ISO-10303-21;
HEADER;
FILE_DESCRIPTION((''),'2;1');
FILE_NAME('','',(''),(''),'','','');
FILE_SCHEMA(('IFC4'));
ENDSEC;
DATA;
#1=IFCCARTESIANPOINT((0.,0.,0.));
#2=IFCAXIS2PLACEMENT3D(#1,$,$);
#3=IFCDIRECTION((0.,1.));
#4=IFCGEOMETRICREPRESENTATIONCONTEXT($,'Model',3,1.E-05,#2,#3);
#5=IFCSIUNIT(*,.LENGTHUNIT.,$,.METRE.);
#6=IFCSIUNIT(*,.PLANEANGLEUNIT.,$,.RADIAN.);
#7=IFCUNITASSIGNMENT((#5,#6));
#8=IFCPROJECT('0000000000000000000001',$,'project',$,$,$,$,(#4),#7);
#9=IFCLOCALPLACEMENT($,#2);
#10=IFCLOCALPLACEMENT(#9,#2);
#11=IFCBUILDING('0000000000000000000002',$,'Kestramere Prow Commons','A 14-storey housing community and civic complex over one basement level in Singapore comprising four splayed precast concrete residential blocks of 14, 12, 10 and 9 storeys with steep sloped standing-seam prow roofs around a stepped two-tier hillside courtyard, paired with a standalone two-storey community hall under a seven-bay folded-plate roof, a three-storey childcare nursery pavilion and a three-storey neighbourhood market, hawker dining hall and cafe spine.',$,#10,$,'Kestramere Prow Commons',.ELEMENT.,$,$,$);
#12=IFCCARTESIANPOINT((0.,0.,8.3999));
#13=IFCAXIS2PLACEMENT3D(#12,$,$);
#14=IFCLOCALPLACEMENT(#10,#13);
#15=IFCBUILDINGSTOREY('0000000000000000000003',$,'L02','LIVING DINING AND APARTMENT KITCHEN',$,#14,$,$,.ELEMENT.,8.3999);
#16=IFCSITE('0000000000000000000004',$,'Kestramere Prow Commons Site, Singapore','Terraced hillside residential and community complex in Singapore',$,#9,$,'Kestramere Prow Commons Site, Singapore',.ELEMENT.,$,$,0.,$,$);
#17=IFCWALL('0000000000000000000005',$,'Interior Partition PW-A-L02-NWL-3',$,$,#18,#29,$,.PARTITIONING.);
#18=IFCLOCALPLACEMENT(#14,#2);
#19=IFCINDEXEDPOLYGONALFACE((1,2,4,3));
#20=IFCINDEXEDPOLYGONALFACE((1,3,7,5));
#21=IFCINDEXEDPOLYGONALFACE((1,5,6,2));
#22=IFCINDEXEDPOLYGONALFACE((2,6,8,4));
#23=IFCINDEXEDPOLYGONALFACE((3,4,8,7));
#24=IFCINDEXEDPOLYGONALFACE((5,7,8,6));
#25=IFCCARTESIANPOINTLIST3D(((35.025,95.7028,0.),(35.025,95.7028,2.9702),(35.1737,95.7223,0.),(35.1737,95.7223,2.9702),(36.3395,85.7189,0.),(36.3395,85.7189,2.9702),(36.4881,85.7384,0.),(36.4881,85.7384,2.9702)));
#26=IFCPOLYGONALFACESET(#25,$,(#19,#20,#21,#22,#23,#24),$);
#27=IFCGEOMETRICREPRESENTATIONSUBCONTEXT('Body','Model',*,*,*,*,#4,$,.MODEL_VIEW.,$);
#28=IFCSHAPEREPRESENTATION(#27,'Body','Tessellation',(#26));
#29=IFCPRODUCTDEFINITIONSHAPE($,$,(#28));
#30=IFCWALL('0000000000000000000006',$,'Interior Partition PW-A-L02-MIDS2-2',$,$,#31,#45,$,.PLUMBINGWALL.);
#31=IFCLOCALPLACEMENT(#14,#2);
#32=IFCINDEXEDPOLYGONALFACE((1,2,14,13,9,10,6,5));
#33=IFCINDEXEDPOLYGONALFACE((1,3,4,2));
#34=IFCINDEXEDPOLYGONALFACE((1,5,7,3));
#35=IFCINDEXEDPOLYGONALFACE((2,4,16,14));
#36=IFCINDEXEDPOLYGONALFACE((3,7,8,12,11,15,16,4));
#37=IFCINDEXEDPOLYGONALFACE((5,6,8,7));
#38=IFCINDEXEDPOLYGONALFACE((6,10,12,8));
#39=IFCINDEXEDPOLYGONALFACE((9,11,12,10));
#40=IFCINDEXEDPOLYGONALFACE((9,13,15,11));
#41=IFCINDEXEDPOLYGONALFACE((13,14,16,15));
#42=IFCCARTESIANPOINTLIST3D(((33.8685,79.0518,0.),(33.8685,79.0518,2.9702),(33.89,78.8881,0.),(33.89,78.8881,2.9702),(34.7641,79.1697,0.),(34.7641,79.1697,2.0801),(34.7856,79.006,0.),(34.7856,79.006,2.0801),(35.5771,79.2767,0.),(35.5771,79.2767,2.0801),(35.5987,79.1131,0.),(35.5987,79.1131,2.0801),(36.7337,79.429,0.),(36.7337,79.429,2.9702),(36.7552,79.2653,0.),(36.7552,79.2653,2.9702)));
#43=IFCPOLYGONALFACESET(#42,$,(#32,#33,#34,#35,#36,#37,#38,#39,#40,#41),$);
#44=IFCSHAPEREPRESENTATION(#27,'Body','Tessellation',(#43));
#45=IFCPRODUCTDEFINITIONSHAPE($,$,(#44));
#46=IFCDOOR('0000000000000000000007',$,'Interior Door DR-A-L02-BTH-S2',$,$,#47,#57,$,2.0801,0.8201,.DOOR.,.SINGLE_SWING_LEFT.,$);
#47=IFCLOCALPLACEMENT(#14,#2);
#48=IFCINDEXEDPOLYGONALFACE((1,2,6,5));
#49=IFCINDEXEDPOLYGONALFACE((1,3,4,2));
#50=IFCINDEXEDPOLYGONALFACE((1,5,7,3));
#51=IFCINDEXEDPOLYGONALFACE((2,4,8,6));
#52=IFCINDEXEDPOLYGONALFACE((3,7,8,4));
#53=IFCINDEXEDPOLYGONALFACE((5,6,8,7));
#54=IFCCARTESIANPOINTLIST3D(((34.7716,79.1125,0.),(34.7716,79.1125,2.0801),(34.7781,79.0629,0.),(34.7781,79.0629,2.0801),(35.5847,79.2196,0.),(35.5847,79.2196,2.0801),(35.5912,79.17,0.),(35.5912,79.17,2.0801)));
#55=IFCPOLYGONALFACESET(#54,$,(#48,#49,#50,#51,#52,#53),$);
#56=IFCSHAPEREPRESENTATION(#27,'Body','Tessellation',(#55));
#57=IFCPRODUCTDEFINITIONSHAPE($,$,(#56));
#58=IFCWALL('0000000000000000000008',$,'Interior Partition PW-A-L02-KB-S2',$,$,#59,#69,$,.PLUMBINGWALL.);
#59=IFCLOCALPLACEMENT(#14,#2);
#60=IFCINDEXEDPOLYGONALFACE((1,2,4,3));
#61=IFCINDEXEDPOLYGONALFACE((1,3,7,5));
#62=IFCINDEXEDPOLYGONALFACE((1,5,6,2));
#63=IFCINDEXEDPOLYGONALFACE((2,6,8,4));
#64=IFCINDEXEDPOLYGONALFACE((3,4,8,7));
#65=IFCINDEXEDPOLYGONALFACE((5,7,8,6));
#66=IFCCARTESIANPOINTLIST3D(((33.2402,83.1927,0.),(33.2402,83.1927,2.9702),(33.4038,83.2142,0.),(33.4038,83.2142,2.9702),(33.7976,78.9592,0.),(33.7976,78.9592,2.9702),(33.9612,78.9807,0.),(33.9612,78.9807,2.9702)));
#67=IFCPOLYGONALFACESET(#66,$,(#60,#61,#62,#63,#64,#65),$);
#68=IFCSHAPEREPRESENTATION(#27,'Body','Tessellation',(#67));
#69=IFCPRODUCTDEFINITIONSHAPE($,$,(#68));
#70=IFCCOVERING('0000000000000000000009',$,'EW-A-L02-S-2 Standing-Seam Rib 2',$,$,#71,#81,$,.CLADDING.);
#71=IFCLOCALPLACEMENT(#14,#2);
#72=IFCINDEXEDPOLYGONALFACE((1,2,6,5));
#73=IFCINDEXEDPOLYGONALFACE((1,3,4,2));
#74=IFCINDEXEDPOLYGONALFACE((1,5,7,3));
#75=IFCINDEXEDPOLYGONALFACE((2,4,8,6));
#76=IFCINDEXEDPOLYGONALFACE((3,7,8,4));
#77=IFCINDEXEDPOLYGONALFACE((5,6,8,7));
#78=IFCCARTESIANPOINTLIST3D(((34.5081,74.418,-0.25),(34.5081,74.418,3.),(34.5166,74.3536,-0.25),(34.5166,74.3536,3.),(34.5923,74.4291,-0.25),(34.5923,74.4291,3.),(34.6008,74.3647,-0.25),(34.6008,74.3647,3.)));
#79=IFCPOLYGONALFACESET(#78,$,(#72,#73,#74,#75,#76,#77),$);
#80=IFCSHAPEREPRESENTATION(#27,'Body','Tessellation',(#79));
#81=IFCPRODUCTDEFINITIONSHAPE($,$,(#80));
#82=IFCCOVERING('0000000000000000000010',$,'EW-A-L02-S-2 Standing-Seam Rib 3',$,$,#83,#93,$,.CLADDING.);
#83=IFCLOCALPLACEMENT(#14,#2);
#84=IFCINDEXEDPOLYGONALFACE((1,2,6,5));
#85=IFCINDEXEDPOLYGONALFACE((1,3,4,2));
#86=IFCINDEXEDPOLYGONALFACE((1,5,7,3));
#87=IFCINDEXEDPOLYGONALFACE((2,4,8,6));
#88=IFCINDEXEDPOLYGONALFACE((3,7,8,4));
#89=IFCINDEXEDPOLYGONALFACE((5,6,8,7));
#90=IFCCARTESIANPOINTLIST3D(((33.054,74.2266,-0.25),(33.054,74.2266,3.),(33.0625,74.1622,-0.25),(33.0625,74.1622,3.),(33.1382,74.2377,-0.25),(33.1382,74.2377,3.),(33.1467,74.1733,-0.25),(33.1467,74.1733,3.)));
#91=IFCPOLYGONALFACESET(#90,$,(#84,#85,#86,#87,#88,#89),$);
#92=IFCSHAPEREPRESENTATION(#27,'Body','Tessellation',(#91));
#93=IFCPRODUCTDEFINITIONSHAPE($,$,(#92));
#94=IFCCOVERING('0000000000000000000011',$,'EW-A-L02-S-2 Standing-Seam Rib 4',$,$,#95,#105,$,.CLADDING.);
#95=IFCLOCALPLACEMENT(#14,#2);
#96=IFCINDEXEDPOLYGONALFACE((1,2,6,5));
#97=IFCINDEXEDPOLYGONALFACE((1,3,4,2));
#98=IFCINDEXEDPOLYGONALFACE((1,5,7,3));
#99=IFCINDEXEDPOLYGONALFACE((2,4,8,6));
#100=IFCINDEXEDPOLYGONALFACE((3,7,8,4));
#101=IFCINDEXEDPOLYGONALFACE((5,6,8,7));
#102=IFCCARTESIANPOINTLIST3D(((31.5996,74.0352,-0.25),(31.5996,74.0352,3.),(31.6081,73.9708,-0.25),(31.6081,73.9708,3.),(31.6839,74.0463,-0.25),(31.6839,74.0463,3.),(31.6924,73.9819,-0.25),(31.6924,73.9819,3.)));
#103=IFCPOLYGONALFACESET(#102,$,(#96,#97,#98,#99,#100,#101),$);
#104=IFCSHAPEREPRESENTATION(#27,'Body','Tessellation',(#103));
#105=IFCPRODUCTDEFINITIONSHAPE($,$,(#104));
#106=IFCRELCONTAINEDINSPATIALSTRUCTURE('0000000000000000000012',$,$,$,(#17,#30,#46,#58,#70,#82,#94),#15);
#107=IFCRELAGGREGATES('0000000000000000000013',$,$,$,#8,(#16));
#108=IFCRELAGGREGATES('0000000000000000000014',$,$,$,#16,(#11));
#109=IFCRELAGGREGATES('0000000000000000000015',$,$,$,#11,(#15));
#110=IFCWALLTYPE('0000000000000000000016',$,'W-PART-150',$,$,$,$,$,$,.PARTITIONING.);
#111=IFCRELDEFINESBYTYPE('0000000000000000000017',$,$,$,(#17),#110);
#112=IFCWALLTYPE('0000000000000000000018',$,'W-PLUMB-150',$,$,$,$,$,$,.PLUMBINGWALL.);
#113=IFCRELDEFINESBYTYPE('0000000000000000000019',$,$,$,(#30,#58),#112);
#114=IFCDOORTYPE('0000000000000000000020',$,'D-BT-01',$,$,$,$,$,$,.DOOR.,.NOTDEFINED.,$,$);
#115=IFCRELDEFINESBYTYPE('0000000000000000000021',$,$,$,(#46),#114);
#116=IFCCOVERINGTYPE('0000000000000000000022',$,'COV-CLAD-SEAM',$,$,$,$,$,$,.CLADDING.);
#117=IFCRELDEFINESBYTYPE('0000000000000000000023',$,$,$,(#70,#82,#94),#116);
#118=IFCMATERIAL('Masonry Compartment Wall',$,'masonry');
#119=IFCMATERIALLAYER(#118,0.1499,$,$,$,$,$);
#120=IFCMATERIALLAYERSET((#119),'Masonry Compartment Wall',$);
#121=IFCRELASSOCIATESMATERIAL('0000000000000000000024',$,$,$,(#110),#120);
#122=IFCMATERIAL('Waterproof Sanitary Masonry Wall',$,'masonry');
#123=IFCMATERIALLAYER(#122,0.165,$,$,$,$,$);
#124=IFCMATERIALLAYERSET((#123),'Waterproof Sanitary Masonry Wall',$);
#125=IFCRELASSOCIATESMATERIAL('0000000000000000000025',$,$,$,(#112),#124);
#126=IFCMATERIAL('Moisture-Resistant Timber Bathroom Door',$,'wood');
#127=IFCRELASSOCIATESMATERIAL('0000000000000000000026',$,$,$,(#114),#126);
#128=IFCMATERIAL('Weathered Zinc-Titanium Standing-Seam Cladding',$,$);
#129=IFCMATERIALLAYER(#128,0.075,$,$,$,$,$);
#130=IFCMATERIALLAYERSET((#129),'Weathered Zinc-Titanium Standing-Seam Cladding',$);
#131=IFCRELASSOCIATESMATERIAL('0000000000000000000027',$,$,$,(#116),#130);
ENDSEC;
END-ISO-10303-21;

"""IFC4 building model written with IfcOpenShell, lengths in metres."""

from ifc_helpers import new_model, si_unit, direction, frame, frame_2d, origin, origin_2d, place, context, subcontext, project, spatial, rectangle, extrude, material, layer, layer_set, type_object, element, fill, save


model = new_model("IFC4")

# Units and contexts
model_context = context("Model", 3, precision=1e-05, world=origin(), true_north=direction((0.0, 1.0)))
body_context = subcontext(model_context, "Body", "Model", "MODEL_VIEW")
ifc_project = project(units=[si_unit("LENGTHUNIT", "METRE"), si_unit("PLANEANGLEUNIT", "RADIAN")], contexts=[model_context])

# Site, building, storey
site_placement = place(None, origin())
site = spatial("IfcSite", under=ifc_project, at=site_placement, Name="Kestramere Prow Commons Site, Singapore", Description="Terraced hillside residential and community complex in Singapore", LongName="Kestramere Prow Commons Site, Singapore", CompositionType="ELEMENT", RefElevation=0.0)
building_placement = place(site_placement, origin())
building = spatial("IfcBuilding", under=site, at=building_placement, Name="Kestramere Prow Commons", Description="A 14-storey housing community and civic complex over one basement level in Singapore comprising four splayed precast concrete residential blocks of 14, 12, 10 and 9 storeys with steep sloped standing-seam prow roofs around a stepped two-tier hillside courtyard, paired with a standalone two-storey community hall under a seven-bay folded-plate roof, a three-storey childcare nursery pavilion and a three-storey neighbourhood market, hawker dining hall and cafe spine.", LongName="Kestramere Prow Commons", CompositionType="ELEMENT")
storey_placement = place(building_placement, frame((0.0, 0.0, 8.3999)))
storey = spatial("IfcBuildingStorey", under=building, at=storey_placement, Name="L02", Description="LIVING DINING AND APARTMENT KITCHEN", CompositionType="ELEMENT", Elevation=8.3999)

# Shared definitions
ifc_material_1 = material(Name="Masonry Compartment Wall", Category="masonry")

# Wall
ifc_layer_1 = layer(ifc_material_1, 0.1499)
ifc_layer_set_1 = layer_set([ifc_layer_1], Name="Masonry Compartment Wall")
wall_type_1 = type_object("IfcWallType", Name="W-PART-150", PredefinedType="PARTITIONING", material=ifc_layer_set_1)
wall_1_placement = place(storey_placement, frame((36.4138, 85.7285, 0.0), z_axis=(0.0, 0.0, 1.0), x_axis=(-0.130531, 0.991444, 0.0)))
element("IfcWall", 1, at=wall_1_placement, inside=storey, type_object=wall_type_1, Name="Interior Partition PW-A-L02-NWL-3", PredefinedType="PARTITIONING", context=body_context, shape_type="SweptSolid", body=[
    extrude(rectangle(XDim=10.0701, YDim=0.1499, at=frame_2d((5.0352, 0.0))), origin(), (0.0, 0.0, 1.0), 2.9702),
])

# Wall, opening, door
ifc_material_2 = material(Name="Waterproof Sanitary Masonry Wall", Category="masonry")
ifc_layer_2 = layer(ifc_material_2, 0.165)
ifc_layer_set_2 = layer_set([ifc_layer_2], Name="Waterproof Sanitary Masonry Wall")
wall_type_2 = type_object("IfcWallType", Name="W-PLUMB-150", PredefinedType="PLUMBINGWALL", material=ifc_layer_set_2)
wall_2_placement = place(storey_placement, frame((33.8794, 78.97, 0.0), z_axis=(0.0, 0.0, 1.0), x_axis=(0.991446, 0.13052, 0.0)))
wall_2 = element("IfcWall", 2, at=wall_2_placement, inside=storey, type_object=wall_type_2, Name="Interior Partition PW-A-L02-MIDS2-2", PredefinedType="PLUMBINGWALL", context=body_context, shape_type="SweptSolid", body=[
    extrude(rectangle(XDim=2.8899, YDim=0.165, at=frame_2d((1.4448, 0.0))), origin(), (0.0, 0.0, 1.0), 2.9702),
])
opening_1_placement = place(wall_2_placement, frame((0.9031, 0.0, 0.0)))
opening_1 = element("IfcOpeningElement", 3, at=opening_1_placement, cuts=wall_2, PredefinedType="OPENING", context=body_context, shape_type="SweptSolid", body=[
    extrude(rectangle(XDim=0.8201, YDim=2.0801, at=frame_2d((0.4102, 1.04))), frame((0.0, 0.0974, 0.0), z_axis=(0.0, -1.0, 0.0), x_axis=(1.0, 0.0, 0.0)), (0.0, 0.0, 1.0), 0.1951),
])
ifc_material_3 = material(Name="Moisture-Resistant Timber Bathroom Door", Category="wood")
door_type_1 = type_object("IfcDoorType", Name="D-BT-01", OperationType="NOTDEFINED", PredefinedType="DOOR", material=ifc_material_3)
door_1_placement = place(opening_1_placement, origin())
door_1 = element("IfcDoor", 4, at=door_1_placement, inside=storey, type_object=door_type_1, Name="Interior Door DR-A-L02-BTH-S2", OperationType="SINGLE_SWING_LEFT", OverallHeight=2.0801, OverallWidth=0.8201, PredefinedType="DOOR", context=body_context, shape_type="SweptSolid", body=[
    extrude(rectangle(XDim=0.8201, YDim=2.0801, at=frame_2d((0.4102, 1.04))), frame((0.0, 0.0249, 0.0), z_axis=(0.0, -1.0, 0.0), x_axis=(1.0, 0.0, 0.0)), (0.0, 0.0, 1.0), 0.05),
])
fill(opening_1, door_1)

# Wall
wall_3_placement = place(storey_placement, frame((33.8794, 78.97, 0.0), z_axis=(0.0, 0.0, 1.0), x_axis=(-0.130534, 0.991444, 0.0)))
element("IfcWall", 5, at=wall_3_placement, inside=storey, type_object=wall_type_2, Name="Interior Partition PW-A-L02-KB-S2", PredefinedType="PLUMBINGWALL", context=body_context, shape_type="SweptSolid", body=[
    extrude(rectangle(XDim=4.27, YDim=0.165, at=frame_2d((2.135, 0.0))), origin(), (0.0, 0.0, 1.0), 2.9702),
])

# Coverings
ifc_material_4 = material(Name="Weathered Zinc-Titanium Standing-Seam Cladding")
ifc_layer_3 = layer(ifc_material_4, 0.075)
ifc_layer_set_3 = layer_set([ifc_layer_3], Name="Weathered Zinc-Titanium Standing-Seam Cladding")
covering_type = type_object("IfcCoveringType", Name="COV-CLAD-SEAM", PredefinedType="CLADDING", material=ifc_layer_set_3)
for number, where, z_axis, x_axis, name in (
    (6, (34.5544, 74.3914, -0.25), (0.0, 0.0, 1.0), (-0.991445, -0.130526, 0.0), "EW-A-L02-S-2 Standing-Seam Rib 2"),
    (7, (33.1003, 74.2, -0.25), (0.0, 0.0, 1.0), (-0.991445, -0.130526, 0.0), "EW-A-L02-S-2 Standing-Seam Rib 3"),
    (8, (31.646, 74.0085, -0.25), (0.0, 0.0, 1.0), (-0.991445, -0.130526, 0.0), "EW-A-L02-S-2 Standing-Seam Rib 4"),
):
    element("IfcCovering", number, at=place(storey_placement, frame(where, z_axis=z_axis, x_axis=x_axis)), inside=storey, type_object=covering_type, Name=name, PredefinedType="CLADDING", context=body_context, shape_type="SweptSolid", body=[
        extrude(rectangle(XDim=0.085, YDim=0.0649, at=origin_2d()), origin(), (0.0, 0.0, 1.0), 3.25),
    ])

save(model, "model.ifc")
